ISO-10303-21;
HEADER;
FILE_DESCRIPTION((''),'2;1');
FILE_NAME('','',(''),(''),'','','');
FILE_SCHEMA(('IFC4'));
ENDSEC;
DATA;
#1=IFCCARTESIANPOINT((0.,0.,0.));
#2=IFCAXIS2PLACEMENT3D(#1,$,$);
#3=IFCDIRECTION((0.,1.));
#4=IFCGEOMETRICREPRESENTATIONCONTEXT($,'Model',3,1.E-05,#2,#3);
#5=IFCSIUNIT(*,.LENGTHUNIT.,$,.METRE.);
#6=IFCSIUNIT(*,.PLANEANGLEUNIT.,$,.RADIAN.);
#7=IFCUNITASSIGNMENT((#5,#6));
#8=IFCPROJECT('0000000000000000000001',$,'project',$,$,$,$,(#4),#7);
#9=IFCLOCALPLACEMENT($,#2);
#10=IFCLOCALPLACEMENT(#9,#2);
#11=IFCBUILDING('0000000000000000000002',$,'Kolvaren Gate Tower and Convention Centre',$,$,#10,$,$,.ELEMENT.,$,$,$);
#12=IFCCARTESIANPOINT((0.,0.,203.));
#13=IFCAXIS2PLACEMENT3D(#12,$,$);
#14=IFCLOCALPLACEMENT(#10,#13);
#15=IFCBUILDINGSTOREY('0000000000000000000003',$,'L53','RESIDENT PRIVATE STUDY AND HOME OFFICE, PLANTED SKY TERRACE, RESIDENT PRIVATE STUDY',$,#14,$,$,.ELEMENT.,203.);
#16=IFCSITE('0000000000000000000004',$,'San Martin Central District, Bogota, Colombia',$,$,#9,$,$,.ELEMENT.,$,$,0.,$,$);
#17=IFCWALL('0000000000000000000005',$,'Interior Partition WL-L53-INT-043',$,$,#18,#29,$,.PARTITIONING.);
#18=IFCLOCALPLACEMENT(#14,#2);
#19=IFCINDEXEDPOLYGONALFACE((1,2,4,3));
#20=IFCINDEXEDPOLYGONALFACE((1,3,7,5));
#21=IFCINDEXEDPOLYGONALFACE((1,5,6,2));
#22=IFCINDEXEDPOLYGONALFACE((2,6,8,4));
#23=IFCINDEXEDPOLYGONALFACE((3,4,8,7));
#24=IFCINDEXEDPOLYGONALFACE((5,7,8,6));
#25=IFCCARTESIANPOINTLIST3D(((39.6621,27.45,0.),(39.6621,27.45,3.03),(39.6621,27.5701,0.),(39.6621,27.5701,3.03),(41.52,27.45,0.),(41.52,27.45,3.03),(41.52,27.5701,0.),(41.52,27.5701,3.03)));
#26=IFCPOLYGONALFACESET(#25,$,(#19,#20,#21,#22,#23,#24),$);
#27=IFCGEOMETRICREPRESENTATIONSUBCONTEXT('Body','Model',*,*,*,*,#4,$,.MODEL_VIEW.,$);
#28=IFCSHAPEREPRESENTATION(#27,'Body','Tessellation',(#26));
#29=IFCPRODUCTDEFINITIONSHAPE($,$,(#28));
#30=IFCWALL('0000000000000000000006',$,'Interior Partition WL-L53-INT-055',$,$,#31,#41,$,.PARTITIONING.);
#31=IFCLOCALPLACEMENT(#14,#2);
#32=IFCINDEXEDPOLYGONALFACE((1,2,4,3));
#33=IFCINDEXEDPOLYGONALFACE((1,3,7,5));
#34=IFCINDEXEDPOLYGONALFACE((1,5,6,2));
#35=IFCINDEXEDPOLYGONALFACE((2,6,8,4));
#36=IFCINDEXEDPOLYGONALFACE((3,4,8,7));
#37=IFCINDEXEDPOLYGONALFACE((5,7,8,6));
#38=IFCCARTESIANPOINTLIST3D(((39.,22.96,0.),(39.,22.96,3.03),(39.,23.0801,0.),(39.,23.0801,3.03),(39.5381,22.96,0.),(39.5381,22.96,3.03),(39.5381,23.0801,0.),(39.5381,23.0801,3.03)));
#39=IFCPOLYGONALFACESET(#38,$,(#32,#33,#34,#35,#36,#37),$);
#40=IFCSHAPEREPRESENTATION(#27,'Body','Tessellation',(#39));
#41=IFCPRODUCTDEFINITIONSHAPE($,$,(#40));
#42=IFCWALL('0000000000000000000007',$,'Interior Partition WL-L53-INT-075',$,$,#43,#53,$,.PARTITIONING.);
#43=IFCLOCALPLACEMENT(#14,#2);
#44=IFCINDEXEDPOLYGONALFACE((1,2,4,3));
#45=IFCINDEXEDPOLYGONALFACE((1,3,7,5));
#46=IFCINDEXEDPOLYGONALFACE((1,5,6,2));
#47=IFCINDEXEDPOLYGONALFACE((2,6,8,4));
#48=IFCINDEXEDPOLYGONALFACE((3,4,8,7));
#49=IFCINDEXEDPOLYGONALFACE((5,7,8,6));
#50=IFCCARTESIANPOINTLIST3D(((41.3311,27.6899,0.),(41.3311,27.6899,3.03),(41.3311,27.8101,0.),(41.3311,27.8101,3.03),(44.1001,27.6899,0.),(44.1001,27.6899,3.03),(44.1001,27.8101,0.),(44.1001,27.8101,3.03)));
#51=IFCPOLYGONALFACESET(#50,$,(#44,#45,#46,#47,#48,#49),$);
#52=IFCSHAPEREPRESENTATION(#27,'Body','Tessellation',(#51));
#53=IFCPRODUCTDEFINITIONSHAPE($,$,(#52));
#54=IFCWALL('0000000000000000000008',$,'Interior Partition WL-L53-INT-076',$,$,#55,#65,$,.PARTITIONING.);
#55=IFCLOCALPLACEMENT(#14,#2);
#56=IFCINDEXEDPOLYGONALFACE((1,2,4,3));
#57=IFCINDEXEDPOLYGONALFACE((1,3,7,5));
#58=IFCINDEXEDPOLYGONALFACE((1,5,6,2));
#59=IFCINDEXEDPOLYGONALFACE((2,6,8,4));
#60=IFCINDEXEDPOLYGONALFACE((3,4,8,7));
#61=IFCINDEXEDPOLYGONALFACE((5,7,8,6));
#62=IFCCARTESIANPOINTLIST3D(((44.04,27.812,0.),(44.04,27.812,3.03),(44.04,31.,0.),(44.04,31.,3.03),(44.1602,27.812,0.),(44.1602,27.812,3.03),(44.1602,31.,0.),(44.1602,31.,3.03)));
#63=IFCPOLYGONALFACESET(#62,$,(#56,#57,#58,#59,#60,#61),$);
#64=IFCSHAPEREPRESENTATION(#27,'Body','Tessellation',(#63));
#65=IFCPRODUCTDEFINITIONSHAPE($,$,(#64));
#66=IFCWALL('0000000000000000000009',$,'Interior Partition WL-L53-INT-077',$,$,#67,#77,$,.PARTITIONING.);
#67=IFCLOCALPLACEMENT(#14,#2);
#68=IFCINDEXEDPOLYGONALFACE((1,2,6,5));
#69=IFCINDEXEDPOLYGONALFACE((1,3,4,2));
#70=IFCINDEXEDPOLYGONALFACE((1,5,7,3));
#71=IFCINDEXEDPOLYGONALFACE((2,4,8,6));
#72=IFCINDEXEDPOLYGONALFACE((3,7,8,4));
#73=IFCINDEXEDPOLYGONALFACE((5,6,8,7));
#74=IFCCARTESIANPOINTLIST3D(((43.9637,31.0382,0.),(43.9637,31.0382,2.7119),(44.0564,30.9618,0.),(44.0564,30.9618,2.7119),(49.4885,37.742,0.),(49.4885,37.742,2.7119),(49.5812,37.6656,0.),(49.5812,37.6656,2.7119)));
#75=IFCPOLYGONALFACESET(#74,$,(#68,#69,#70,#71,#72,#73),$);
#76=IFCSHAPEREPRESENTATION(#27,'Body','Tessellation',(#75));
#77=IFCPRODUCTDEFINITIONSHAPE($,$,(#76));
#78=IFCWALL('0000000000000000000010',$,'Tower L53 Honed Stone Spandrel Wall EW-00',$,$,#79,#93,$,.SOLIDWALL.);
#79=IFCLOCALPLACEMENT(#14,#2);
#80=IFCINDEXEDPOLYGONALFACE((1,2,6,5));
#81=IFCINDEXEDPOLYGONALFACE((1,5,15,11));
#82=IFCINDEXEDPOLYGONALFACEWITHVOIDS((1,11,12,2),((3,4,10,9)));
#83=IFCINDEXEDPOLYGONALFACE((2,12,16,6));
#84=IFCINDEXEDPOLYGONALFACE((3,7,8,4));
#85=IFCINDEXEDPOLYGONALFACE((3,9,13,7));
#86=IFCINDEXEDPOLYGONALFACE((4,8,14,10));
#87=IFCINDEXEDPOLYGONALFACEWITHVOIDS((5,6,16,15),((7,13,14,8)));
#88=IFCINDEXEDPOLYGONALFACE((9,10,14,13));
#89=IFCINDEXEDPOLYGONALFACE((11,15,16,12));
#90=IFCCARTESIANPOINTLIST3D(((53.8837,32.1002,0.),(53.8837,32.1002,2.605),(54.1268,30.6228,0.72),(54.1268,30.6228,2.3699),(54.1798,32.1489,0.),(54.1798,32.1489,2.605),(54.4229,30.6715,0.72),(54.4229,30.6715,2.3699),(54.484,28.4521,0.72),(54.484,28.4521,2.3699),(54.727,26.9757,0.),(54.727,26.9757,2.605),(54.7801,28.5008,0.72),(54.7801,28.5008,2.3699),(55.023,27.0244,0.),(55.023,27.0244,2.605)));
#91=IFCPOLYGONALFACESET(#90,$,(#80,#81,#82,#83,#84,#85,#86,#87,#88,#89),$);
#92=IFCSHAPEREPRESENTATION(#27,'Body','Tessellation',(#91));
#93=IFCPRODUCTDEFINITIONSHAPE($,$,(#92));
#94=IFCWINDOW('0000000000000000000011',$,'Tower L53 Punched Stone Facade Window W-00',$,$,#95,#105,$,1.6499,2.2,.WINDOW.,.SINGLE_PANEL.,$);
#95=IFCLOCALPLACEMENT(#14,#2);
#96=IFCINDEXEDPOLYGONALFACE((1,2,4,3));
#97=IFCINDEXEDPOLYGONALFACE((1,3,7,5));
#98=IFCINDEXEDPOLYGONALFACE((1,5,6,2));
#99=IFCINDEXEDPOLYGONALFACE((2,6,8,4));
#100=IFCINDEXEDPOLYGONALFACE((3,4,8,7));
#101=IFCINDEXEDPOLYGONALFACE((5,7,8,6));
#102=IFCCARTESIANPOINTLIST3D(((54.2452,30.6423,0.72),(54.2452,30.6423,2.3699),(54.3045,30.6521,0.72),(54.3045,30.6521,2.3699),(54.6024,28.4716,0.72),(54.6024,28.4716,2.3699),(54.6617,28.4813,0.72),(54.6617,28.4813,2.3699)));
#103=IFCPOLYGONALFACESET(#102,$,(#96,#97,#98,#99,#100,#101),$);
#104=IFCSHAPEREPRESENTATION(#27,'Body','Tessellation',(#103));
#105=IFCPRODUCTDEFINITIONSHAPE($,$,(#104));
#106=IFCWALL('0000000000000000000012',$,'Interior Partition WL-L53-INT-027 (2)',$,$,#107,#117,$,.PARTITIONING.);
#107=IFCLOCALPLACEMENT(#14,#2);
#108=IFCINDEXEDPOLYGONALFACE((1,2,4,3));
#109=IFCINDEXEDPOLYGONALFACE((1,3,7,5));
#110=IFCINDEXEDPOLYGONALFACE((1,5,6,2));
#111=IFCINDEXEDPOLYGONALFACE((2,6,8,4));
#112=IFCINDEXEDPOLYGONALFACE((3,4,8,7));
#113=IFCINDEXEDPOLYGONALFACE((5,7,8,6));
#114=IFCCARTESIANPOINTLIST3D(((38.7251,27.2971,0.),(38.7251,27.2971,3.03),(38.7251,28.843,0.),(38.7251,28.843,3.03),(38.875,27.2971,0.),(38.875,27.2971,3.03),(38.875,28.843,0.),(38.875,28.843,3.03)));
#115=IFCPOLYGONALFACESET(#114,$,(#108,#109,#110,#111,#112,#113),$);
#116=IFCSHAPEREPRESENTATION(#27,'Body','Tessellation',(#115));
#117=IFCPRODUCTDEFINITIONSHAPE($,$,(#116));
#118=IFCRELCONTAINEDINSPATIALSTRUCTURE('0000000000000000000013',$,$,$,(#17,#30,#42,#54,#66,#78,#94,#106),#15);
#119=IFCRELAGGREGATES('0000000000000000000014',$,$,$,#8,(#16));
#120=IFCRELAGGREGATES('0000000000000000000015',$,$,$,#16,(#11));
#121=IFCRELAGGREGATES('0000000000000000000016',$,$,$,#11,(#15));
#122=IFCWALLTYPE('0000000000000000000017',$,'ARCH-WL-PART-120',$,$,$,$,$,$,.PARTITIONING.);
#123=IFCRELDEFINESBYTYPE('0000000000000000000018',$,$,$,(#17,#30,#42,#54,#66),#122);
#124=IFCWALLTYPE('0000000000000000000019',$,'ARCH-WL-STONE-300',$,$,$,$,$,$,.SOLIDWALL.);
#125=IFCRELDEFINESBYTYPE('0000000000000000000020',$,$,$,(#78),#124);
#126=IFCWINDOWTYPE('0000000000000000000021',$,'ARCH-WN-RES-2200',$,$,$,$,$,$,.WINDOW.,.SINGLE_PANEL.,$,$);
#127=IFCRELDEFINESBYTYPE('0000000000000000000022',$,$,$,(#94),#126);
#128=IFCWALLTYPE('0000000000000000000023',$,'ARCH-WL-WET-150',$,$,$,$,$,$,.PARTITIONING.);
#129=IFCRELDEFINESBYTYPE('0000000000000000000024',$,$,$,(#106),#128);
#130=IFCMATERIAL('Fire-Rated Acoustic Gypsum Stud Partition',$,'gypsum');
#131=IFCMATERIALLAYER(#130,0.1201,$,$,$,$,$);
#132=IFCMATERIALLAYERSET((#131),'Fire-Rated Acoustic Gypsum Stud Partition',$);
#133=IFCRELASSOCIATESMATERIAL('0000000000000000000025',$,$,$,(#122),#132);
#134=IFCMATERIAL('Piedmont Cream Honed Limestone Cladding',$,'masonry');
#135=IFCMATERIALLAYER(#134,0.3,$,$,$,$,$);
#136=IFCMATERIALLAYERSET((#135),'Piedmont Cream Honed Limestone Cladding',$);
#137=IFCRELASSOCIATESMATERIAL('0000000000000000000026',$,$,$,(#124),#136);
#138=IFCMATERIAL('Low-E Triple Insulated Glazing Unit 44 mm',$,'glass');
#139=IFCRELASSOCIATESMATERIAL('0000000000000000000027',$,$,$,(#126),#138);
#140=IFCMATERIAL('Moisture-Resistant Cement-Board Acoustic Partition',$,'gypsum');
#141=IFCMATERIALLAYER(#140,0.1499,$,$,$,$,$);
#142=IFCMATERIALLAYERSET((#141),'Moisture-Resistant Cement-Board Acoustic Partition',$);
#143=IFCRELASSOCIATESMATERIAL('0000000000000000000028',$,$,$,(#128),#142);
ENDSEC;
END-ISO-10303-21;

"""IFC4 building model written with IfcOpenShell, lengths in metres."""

from ifc_helpers import new_model, si_unit, direction, frame, frame_2d, origin, place, context, subcontext, project, spatial, rectangle, extrude, material, layer, layer_set, type_object, element, fill, save


model = new_model("IFC4")

# Units and contexts
model_context = context("Model", 3, precision=1e-05, world=origin(), true_north=direction((0.0, 1.0)))
body_context = subcontext(model_context, "Body", "Model", "MODEL_VIEW")
ifc_project = project(units=[si_unit("LENGTHUNIT", "METRE"), si_unit("PLANEANGLEUNIT", "RADIAN")], contexts=[model_context])

# Site, building, storey
site_placement = place(None, origin())
site = spatial("IfcSite", under=ifc_project, at=site_placement, Name="San Martin Central District, Bogota, Colombia", CompositionType="ELEMENT", RefElevation=0.0)
building_placement = place(site_placement, origin())
building = spatial("IfcBuilding", under=site, at=building_placement, Name="Kolvaren Gate Tower and Convention Centre", CompositionType="ELEMENT")
storey_placement = place(building_placement, frame((0.0, 0.0, 203.0)))
storey = spatial("IfcBuildingStorey", under=building, at=storey_placement, Name="L53", Description="RESIDENT PRIVATE STUDY AND HOME OFFICE, PLANTED SKY TERRACE, RESIDENT PRIVATE STUDY", CompositionType="ELEMENT", Elevation=203.0)

# Walls
ifc_material_1 = material(Name="Fire-Rated Acoustic Gypsum Stud Partition", Category="gypsum")
ifc_layer_1 = layer(ifc_material_1, 0.1201)
ifc_layer_set_1 = layer_set([ifc_layer_1], Name="Fire-Rated Acoustic Gypsum Stud Partition")
wall_type_1 = type_object("IfcWallType", Name="ARCH-WL-PART-120", PredefinedType="PARTITIONING", material=ifc_layer_set_1)
wall_1_placement = place(storey_placement, frame((39.6621, 27.51, 0.0), z_axis=(0.0, 0.0, 1.0), x_axis=(1.0, 0.0, 0.0)))
element("IfcWall", 1, at=wall_1_placement, inside=storey, type_object=wall_type_1, Name="Interior Partition WL-L53-INT-043", PredefinedType="PARTITIONING", context=body_context, shape_type="SweptSolid", body=[
    extrude(rectangle(XDim=1.8579, YDim=0.1201, at=frame_2d((0.929, 0.0))), origin(), (0.0, 0.0, 1.0), 3.03),
])
wall_2_placement = place(storey_placement, frame((39.0, 23.02, 0.0), z_axis=(0.0, 0.0, 1.0), x_axis=(1.0, 0.0, 0.0)))
element("IfcWall", 2, at=wall_2_placement, inside=storey, type_object=wall_type_1, Name="Interior Partition WL-L53-INT-055", PredefinedType="PARTITIONING", context=body_context, shape_type="SweptSolid", body=[
    extrude(rectangle(XDim=0.5381, YDim=0.1201, at=frame_2d((0.269, 0.0))), origin(), (0.0, 0.0, 1.0), 3.03),
])
wall_3_placement = place(storey_placement, frame((41.3311, 27.75, 0.0), z_axis=(0.0, 0.0, 1.0), x_axis=(1.0, 0.0, 0.0)))
element("IfcWall", 3, at=wall_3_placement, inside=storey, type_object=wall_type_1, Name="Interior Partition WL-L53-INT-075", PredefinedType="PARTITIONING", context=body_context, shape_type="SweptSolid", body=[
    extrude(rectangle(XDim=2.769, YDim=0.1201, at=frame_2d((1.3845, 0.0))), origin(), (0.0, 0.0, 1.0), 3.03),
])
wall_4_placement = place(storey_placement, frame((44.1001, 27.812, 0.0), z_axis=(0.0, 0.0, 1.0), x_axis=(0.0, 1.0, 0.0)))
element("IfcWall", 4, at=wall_4_placement, inside=storey, type_object=wall_type_1, Name="Interior Partition WL-L53-INT-076", PredefinedType="PARTITIONING", context=body_context, shape_type="SweptSolid", body=[
    extrude(rectangle(XDim=3.188, YDim=0.1201, at=frame_2d((1.594, 0.0))), origin(), (0.0, 0.0, 1.0), 3.03),
])
wall_5_placement = place(storey_placement, frame((44.01, 31.0, 0.0), z_axis=(0.0, 0.0, 1.0), x_axis=(0.635987, 0.7717, 0.0)))
element("IfcWall", 5, at=wall_5_placement, inside=storey, type_object=wall_type_1, Name="Interior Partition WL-L53-INT-077", PredefinedType="PARTITIONING", context=body_context, shape_type="SweptSolid", body=[
    extrude(rectangle(XDim=8.687, YDim=0.1201, at=frame_2d((4.3435, 0.0))), origin(), (0.0, 0.0, 1.0), 2.7119),
])

# Wall, opening, window
ifc_material_2 = material(Name="Piedmont Cream Honed Limestone Cladding", Category="masonry")
ifc_layer_2 = layer(ifc_material_2, 0.3)
ifc_layer_set_2 = layer_set([ifc_layer_2], Name="Piedmont Cream Honed Limestone Cladding")
wall_type_2 = type_object("IfcWallType", Name="ARCH-WL-STONE-300", PredefinedType="SOLIDWALL", material=ifc_layer_set_2)
wall_6_placement = place(storey_placement, frame((54.0317, 32.1245, 0.0), z_axis=(0.0, 0.0, 1.0), x_axis=(0.162371, -0.98673, 0.0)))
wall_6 = element("IfcWall", 6, at=wall_6_placement, inside=storey, type_object=wall_type_2, Name="Tower L53 Honed Stone Spandrel Wall EW-00", PredefinedType="SOLIDWALL", context=body_context, shape_type="SweptSolid", body=[
    extrude(rectangle(XDim=5.1934, YDim=0.3, at=frame_2d((2.5967, 0.0))), origin(), (0.0, 0.0, 1.0), 2.605),
])
opening_placement = place(wall_6_placement, frame((1.4971, 0.0, 0.72)))
opening = element("IfcOpeningElement", 7, at=opening_placement, cuts=wall_6, PredefinedType="OPENING", context=body_context, shape_type="SweptSolid", body=[
    extrude(rectangle(XDim=2.2, YDim=1.6499, at=frame_2d((1.1001, 0.825))), frame((0.0, 0.1599, 0.0), z_axis=(0.0, -1.0, 0.0), x_axis=(1.0, 0.0, 0.0)), (0.0, 0.0, 1.0), 0.3201),
])
ifc_material_3 = material(Name="Low-E Triple Insulated Glazing Unit 44 mm", Category="glass")
window_type = type_object("IfcWindowType", Name="ARCH-WN-RES-2200", PartitioningType="SINGLE_PANEL", PredefinedType="WINDOW", material=ifc_material_3)
window_placement = place(opening_placement, origin())
window = element("IfcWindow", 8, at=window_placement, inside=storey, type_object=window_type, Name="Tower L53 Punched Stone Facade Window W-00", OverallHeight=1.6499, OverallWidth=2.2, PartitioningType="SINGLE_PANEL", PredefinedType="WINDOW", context=body_context, shape_type="SweptSolid", body=[
    extrude(rectangle(XDim=2.2, YDim=1.6499, at=frame_2d((1.1001, 0.825))), frame((0.0, 0.03, 0.0), z_axis=(0.0, -1.0, 0.0), x_axis=(1.0, 0.0, 0.0)), (0.0, 0.0, 1.0), 0.0601),
])
fill(opening, window)

# Wall
ifc_material_4 = material(Name="Moisture-Resistant Cement-Board Acoustic Partition", Category="gypsum")
ifc_layer_3 = layer(ifc_material_4, 0.1499)
ifc_layer_set_3 = layer_set([ifc_layer_3], Name="Moisture-Resistant Cement-Board Acoustic Partition")
wall_type_3 = type_object("IfcWallType", Name="ARCH-WL-WET-150", PredefinedType="PARTITIONING", material=ifc_layer_set_3)
wall_7_placement = place(storey_placement, frame((38.8, 27.2971, 0.0), z_axis=(0.0, 0.0, 1.0), x_axis=(0.0, 1.0, 0.0)))
element("IfcWall", 9, at=wall_7_placement, inside=storey, type_object=wall_type_3, Name="Interior Partition WL-L53-INT-027 (2)", PredefinedType="PARTITIONING", context=body_context, shape_type="SweptSolid", body=[
    extrude(rectangle(XDim=1.5459, YDim=0.1499, at=frame_2d((0.7729, 0.0))), origin(), (0.0, 0.0, 1.0), 3.03),
])

save(model, "model.ifc")
